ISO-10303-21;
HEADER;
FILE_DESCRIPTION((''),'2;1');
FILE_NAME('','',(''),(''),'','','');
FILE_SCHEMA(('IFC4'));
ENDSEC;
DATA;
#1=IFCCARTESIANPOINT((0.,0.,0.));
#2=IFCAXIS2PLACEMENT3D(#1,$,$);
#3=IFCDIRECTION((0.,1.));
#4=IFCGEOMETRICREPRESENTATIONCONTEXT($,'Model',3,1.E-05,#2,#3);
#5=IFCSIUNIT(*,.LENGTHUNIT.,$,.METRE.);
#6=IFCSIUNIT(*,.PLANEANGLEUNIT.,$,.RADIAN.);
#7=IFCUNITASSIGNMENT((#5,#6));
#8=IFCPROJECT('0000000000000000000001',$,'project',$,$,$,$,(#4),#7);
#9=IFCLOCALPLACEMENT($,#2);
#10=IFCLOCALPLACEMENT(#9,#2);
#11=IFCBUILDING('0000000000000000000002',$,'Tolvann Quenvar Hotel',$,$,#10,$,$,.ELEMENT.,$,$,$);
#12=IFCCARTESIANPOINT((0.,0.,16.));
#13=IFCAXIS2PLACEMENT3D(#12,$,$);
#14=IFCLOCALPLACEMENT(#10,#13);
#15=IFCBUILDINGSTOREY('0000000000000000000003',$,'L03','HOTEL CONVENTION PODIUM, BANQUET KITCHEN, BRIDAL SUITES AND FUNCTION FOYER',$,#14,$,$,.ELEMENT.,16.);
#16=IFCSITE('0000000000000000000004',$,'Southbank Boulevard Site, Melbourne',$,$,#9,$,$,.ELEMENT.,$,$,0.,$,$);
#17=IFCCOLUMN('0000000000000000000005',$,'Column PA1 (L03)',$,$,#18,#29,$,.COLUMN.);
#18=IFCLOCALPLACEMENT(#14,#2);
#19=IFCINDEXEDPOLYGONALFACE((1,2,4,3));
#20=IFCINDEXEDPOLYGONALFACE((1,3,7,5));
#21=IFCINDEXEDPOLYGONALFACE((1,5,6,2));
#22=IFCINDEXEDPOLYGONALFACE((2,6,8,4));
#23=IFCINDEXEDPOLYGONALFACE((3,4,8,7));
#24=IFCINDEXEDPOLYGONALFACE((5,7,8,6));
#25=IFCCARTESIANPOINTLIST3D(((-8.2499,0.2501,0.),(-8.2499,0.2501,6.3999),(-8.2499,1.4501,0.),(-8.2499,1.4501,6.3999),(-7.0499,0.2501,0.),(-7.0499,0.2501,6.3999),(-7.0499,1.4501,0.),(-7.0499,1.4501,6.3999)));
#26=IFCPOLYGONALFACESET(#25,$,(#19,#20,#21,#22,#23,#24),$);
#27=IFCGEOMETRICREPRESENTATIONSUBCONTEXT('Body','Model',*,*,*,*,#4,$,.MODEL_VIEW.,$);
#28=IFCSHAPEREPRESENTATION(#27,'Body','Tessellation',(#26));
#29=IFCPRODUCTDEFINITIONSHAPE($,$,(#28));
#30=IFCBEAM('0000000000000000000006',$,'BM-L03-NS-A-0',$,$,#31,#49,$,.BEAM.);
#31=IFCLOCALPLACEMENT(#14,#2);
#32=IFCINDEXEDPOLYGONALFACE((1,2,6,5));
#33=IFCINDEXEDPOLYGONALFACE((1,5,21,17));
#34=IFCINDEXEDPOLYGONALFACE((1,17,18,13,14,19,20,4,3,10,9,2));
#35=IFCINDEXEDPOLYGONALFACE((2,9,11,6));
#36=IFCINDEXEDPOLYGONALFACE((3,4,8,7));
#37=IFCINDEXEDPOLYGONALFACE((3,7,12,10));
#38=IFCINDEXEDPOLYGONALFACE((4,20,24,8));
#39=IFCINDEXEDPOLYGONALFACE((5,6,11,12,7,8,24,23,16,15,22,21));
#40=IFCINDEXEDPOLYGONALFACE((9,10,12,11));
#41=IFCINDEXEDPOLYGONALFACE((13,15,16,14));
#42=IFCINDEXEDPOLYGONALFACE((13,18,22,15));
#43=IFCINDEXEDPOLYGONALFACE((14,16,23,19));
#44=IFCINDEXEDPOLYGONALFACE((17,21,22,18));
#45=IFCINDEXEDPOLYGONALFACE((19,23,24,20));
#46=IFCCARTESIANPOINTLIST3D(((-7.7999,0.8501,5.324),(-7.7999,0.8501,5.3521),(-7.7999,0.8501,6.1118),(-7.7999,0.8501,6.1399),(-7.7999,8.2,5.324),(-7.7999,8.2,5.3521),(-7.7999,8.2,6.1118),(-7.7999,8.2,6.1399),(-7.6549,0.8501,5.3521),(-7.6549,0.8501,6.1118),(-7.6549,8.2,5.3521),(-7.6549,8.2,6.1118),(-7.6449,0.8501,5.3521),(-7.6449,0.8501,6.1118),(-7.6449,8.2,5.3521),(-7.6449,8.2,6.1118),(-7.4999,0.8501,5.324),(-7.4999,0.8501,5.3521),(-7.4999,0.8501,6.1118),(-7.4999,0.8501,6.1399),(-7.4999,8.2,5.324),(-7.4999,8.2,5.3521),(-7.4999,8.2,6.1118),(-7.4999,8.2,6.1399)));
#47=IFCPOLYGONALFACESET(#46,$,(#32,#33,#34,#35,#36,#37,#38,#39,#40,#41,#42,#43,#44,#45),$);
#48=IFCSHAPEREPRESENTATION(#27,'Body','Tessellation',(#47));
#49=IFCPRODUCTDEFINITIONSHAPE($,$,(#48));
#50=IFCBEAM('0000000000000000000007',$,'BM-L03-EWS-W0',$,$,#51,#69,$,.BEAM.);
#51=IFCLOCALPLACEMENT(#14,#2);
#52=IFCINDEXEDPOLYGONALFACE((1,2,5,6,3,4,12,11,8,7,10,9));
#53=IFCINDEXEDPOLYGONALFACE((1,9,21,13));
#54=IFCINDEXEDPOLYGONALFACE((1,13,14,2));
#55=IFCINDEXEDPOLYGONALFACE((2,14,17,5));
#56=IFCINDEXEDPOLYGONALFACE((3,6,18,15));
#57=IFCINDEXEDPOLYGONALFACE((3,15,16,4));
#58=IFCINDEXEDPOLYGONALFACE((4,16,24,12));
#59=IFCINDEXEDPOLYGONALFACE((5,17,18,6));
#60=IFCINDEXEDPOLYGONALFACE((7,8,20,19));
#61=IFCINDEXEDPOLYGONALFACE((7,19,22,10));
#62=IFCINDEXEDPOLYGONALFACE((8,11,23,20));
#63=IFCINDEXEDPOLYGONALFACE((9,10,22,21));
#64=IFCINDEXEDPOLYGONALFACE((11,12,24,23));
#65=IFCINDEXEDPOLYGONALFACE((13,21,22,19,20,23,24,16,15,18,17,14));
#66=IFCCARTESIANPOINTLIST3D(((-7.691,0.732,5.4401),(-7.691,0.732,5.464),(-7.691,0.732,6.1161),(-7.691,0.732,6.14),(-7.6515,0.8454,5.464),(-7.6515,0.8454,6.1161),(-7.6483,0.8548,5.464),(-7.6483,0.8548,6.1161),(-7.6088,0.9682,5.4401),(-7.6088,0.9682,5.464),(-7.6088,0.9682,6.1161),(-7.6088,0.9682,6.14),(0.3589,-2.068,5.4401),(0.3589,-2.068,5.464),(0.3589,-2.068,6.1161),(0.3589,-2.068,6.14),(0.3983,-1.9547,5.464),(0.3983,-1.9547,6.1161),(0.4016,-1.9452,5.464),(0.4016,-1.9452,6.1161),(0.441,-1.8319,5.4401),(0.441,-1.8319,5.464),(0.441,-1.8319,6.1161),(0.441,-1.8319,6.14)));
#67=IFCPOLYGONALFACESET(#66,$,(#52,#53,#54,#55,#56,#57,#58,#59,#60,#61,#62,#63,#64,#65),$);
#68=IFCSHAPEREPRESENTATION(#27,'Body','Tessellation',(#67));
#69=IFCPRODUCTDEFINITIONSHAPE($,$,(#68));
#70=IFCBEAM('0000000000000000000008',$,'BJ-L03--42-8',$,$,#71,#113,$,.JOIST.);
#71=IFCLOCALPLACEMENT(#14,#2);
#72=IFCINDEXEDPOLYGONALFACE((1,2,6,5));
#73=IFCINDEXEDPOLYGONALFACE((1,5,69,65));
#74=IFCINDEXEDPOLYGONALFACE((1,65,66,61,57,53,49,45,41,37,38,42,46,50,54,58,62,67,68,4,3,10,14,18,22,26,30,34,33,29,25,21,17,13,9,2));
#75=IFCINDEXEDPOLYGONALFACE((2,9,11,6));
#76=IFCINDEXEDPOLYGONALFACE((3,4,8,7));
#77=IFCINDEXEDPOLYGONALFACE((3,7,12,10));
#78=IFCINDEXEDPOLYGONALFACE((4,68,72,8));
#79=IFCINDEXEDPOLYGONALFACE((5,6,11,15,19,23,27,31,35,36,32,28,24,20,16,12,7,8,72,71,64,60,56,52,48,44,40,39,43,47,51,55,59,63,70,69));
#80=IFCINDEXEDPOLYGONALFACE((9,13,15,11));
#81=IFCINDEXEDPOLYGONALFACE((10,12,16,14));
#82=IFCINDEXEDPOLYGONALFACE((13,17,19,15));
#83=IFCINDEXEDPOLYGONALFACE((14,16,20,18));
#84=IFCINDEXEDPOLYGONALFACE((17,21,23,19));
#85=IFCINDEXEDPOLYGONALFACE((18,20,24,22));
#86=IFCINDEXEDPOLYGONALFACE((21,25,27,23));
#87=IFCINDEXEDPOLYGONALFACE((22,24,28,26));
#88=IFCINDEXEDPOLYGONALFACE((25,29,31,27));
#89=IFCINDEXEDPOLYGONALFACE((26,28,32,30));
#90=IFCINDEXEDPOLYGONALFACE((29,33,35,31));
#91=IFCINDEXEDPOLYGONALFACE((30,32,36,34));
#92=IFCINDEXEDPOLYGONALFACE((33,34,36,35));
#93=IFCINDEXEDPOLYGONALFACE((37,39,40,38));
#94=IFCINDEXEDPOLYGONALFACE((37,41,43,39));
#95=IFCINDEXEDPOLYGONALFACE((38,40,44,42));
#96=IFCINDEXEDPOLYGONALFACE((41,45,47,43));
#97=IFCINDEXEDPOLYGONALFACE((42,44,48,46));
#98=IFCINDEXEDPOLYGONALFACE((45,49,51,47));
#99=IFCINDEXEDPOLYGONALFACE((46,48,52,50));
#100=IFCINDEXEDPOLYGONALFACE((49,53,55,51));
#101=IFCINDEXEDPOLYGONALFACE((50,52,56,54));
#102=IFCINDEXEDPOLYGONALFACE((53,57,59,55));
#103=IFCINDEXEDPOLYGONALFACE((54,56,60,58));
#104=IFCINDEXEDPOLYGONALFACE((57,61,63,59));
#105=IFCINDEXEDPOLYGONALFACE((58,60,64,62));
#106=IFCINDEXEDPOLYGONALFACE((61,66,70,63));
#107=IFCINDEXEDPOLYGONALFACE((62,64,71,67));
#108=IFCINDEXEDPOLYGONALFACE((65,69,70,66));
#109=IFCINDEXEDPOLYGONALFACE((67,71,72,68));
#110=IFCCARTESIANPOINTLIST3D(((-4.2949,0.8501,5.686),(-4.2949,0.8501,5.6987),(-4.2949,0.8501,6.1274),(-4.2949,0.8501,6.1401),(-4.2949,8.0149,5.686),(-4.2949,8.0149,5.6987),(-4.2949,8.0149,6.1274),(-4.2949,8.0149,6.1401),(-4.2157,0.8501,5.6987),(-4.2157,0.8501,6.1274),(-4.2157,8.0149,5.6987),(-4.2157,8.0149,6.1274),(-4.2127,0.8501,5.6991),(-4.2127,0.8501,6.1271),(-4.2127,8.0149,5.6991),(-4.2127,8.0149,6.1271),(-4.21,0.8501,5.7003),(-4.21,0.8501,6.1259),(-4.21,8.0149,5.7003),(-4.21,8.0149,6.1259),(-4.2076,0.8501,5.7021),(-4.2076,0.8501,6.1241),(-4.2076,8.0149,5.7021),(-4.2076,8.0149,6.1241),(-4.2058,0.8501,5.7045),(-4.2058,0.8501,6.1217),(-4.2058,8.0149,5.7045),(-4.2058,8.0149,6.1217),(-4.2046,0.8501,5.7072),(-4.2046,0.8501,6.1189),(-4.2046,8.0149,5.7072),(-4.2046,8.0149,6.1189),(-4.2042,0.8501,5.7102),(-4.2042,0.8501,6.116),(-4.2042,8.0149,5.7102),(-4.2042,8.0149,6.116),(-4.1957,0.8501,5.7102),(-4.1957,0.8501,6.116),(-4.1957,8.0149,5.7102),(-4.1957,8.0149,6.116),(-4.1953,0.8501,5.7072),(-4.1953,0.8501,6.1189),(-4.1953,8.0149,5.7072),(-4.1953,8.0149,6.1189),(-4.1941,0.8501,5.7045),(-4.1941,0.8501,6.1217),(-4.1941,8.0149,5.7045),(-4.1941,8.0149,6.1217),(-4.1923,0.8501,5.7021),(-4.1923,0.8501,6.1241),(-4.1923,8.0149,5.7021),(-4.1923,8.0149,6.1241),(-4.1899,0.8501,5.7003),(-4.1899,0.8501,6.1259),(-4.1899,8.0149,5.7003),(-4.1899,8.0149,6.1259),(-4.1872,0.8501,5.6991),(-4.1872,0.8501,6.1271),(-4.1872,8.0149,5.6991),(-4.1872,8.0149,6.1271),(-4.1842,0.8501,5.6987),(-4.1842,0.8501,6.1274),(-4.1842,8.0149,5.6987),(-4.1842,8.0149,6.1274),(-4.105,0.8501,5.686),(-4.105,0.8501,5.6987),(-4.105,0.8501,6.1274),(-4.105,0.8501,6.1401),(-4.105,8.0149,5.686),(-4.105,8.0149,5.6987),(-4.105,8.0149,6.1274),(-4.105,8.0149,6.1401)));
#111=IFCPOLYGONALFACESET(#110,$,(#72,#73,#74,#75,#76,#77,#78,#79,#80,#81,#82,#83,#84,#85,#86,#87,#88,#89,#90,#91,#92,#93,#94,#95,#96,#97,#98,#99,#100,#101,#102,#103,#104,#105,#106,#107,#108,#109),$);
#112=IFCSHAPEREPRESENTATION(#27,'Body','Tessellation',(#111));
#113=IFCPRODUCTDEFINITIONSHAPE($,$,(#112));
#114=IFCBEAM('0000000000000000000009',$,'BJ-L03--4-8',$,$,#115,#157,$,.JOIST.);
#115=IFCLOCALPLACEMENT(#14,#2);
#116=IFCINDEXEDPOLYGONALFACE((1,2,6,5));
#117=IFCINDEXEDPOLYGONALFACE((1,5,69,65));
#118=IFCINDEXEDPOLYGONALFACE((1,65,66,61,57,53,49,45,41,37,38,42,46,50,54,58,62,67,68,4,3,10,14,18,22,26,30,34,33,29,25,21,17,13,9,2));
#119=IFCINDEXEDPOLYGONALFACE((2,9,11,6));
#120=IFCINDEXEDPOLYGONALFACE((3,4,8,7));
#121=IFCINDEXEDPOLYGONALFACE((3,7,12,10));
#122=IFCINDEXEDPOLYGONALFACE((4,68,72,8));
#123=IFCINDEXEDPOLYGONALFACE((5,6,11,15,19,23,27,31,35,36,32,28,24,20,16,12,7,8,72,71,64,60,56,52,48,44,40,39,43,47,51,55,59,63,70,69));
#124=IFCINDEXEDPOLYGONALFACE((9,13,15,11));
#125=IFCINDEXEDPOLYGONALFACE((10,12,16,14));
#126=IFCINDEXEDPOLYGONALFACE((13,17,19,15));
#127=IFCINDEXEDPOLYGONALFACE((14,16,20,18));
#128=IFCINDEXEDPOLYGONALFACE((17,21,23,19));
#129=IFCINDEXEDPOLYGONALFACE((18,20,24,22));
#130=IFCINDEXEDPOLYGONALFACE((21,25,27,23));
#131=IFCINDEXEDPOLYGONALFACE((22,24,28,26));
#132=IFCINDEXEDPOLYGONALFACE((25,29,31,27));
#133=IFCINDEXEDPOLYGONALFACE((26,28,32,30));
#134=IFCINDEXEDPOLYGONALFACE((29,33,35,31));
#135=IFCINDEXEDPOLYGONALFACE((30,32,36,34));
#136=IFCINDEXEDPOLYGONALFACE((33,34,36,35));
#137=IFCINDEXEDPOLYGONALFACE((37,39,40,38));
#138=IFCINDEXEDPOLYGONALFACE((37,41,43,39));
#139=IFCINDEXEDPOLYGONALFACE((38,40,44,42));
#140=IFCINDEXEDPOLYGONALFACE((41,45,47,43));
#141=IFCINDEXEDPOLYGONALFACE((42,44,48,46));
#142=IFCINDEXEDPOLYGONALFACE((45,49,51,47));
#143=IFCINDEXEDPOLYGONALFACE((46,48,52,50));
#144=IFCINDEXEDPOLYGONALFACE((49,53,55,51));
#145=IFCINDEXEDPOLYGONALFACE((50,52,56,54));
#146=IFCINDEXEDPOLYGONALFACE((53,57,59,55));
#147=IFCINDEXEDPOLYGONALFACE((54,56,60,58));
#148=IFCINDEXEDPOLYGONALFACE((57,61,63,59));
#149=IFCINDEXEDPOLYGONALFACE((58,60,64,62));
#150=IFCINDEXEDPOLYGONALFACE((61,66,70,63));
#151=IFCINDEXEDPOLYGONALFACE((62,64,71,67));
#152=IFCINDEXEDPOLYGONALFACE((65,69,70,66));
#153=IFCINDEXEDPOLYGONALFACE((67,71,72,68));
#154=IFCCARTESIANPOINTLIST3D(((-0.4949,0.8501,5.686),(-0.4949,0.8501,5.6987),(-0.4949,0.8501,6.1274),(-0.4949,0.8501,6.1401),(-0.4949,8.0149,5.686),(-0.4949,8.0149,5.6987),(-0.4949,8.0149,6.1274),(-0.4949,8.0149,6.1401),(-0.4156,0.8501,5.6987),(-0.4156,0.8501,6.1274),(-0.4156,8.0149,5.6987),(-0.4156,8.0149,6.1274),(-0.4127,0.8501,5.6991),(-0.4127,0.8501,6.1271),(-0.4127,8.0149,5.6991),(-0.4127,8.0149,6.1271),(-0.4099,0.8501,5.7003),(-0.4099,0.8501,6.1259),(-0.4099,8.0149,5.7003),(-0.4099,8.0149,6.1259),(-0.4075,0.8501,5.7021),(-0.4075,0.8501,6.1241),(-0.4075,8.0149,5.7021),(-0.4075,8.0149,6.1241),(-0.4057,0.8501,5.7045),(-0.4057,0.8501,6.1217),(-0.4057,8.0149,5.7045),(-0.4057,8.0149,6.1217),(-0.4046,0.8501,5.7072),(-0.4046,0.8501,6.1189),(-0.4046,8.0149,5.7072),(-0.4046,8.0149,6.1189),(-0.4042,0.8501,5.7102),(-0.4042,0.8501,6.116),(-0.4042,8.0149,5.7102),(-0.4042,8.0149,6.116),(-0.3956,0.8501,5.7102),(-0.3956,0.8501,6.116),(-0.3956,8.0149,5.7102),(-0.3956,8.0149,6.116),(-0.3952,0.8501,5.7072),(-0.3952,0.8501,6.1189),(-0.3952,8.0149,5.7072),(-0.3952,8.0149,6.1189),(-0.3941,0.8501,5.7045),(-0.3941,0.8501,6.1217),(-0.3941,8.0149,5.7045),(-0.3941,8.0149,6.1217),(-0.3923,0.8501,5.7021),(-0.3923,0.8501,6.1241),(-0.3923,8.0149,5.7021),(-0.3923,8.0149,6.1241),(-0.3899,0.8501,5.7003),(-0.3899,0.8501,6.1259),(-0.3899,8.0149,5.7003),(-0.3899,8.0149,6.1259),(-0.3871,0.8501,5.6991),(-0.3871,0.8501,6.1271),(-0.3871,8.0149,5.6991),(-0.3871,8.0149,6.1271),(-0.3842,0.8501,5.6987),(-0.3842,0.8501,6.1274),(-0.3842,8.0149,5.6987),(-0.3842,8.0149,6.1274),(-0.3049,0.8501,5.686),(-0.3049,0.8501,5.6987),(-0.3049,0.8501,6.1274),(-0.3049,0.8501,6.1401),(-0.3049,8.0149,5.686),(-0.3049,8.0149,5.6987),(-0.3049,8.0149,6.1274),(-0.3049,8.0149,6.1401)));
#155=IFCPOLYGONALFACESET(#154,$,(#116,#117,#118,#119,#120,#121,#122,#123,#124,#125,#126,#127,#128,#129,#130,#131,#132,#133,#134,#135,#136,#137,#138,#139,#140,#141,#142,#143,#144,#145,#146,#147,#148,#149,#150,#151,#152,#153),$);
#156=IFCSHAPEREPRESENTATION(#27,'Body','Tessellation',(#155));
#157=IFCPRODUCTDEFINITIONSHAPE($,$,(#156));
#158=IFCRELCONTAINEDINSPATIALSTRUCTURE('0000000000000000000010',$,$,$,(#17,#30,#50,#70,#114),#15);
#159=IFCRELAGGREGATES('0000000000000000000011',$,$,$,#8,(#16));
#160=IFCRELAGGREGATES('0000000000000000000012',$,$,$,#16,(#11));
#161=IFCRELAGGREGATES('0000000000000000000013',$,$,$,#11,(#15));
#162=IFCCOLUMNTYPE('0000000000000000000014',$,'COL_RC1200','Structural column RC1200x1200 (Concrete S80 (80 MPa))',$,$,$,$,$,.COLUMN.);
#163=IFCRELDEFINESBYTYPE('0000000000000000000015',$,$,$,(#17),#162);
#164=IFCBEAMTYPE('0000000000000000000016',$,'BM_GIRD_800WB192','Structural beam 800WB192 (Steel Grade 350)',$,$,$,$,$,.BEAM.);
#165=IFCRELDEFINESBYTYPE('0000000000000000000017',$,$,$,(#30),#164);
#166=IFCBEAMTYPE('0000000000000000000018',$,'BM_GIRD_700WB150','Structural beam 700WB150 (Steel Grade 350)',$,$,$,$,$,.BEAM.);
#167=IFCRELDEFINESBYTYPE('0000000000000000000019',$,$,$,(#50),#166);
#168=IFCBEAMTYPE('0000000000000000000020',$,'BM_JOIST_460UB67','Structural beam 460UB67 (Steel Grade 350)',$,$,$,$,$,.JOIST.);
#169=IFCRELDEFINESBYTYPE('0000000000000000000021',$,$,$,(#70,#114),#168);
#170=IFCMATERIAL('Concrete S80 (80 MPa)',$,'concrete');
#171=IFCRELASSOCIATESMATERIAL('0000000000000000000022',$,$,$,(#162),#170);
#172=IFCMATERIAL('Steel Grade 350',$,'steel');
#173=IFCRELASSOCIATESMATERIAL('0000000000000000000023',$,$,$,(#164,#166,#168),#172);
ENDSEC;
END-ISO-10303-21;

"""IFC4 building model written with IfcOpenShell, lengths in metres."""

from ifc_helpers import new_model, si_unit, direction, frame, origin, origin_2d, place, context, subcontext, project, spatial, rectangle, i_section, extrude, source, transform, mapped, material, material_profile, profile_set, type_object, type_shapes, element, save


model = new_model("IFC4")

# Units and contexts
model_context = context("Model", 3, precision=1e-05, world=origin(), true_north=direction((0.0, 1.0)))
body_context = subcontext(model_context, "Body", "Model", "MODEL_VIEW")
ifc_project = project(units=[si_unit("LENGTHUNIT", "METRE"), si_unit("PLANEANGLEUNIT", "RADIAN")], contexts=[model_context])

# Site, building, storey
site_placement = place(None, origin())
site = spatial("IfcSite", under=ifc_project, at=site_placement, Name="Southbank Boulevard Site, Melbourne", CompositionType="ELEMENT", RefElevation=0.0)
building_placement = place(site_placement, origin())
building = spatial("IfcBuilding", under=site, at=building_placement, Name="Tolvann Quenvar Hotel", CompositionType="ELEMENT")
storey_placement = place(building_placement, frame((0.0, 0.0, 16.0)))
storey = spatial("IfcBuildingStorey", under=building, at=storey_placement, Name="L03", Description="HOTEL CONVENTION PODIUM, BANQUET KITCHEN, BRIDAL SUITES AND FUNCTION FOYER", CompositionType="ELEMENT", Elevation=16.0)

# Column
ifc_material_1 = material(Name="Concrete S80 (80 MPa)", Category="concrete")
ifc_material_profile_1 = material_profile(ifc_material_1, rectangle(XDim=1.2, YDim=1.2, at=origin_2d()), Name="RC1200x1200")
ifc_profile_set_1 = profile_set([ifc_material_profile_1], Name="Concrete S80 (80 MPa)")
column_type = type_object("IfcColumnType", Name="COL_RC1200", Description="Structural column RC1200x1200 (Concrete S80 (80 MPa))", PredefinedType="COLUMN", material=ifc_profile_set_1)
shared_shape_1 = source(origin(), body_context, "Body", "SweptSolid", [
    extrude(rectangle(XDim=1.2, YDim=1.2, at=origin_2d()), origin(), (0.0, 0.0, 1.0), 6.3999),
])
type_shapes(column_type, [shared_shape_1])
column_placement = place(storey_placement, frame((-7.6499, 0.8501, 0.0), z_axis=(0.0, 0.0, 1.0), x_axis=(1.0, 0.0, 0.0)))
element("IfcColumn", 1, at=column_placement, inside=storey, type_object=column_type, Name="Column PA1 (L03)", PredefinedType="COLUMN", context=body_context, shape_type="MappedRepresentation", body=[
    mapped(shared_shape_1, transform((0.0, 0.0, 0.0), x_axis=(1.0, 0.0, 0.0), y_axis=(0.0, 1.0, 0.0), z_axis=(0.0, 0.0, 1.0), scale=1.0)),
])

# Beams
ifc_material_2 = material(Name="Steel Grade 350", Category="steel")
ifc_material_profile_2 = material_profile(ifc_material_2, i_section(OverallWidth=0.3, OverallDepth=0.8159, WebThickness=0.01, FlangeThickness=0.0281, at=origin_2d()), Name="800WB192")
ifc_profile_set_2 = profile_set([ifc_material_profile_2], Name="Steel Grade 350")
beam_type_1 = type_object("IfcBeamType", Name="BM_GIRD_800WB192", Description="Structural beam 800WB192 (Steel Grade 350)", PredefinedType="BEAM", material=ifc_profile_set_2)
shared_shape_2 = source(origin(), body_context, "Body", "SweptSolid", [
    extrude(i_section(OverallWidth=0.3, OverallDepth=0.8159, WebThickness=0.01, FlangeThickness=0.0281, at=origin_2d()), origin(), (0.0, 0.0, 1.0), 7.3499),
])
type_shapes(beam_type_1, [shared_shape_2])
beam_1_placement = place(storey_placement, frame((-7.6499, 0.8501, 5.7319), z_axis=(0.0, 1.0, 0.0), x_axis=(-1.0, 0.0, 0.0)))
element("IfcBeam", 2, at=beam_1_placement, inside=storey, type_object=beam_type_1, Name="BM-L03-NS-A-0", PredefinedType="BEAM", context=body_context, shape_type="MappedRepresentation", body=[
    mapped(shared_shape_2, transform((0.0, 0.0, 0.0), x_axis=(1.0, 0.0, 0.0), y_axis=(0.0, 1.0, 0.0), z_axis=(0.0, 0.0, 1.0), scale=1.0)),
])
ifc_material_profile_3 = material_profile(ifc_material_2, i_section(OverallWidth=0.25, OverallDepth=0.7, WebThickness=0.01, FlangeThickness=0.0239, at=origin_2d()), Name="700WB150")
ifc_profile_set_3 = profile_set([ifc_material_profile_3], Name="Steel Grade 350")
beam_type_2 = type_object("IfcBeamType", Name="BM_GIRD_700WB150", Description="Structural beam 700WB150 (Steel Grade 350)", PredefinedType="BEAM", material=ifc_profile_set_3)
shared_shape_3 = source(origin(), body_context, "Body", "SweptSolid", [
    extrude(i_section(OverallWidth=0.25, OverallDepth=0.7, WebThickness=0.01, FlangeThickness=0.0239, at=origin_2d()), origin(), (0.0, 0.0, 1.0), 8.5229),
])
type_shapes(beam_type_2, [shared_shape_3])
beam_2_placement = place(storey_placement, frame((-7.6499, 0.8501, 5.79), z_axis=(0.944493, -0.328533, 0.0), x_axis=(0.328533, 0.944493, 0.0)))
element("IfcBeam", 3, at=beam_2_placement, inside=storey, type_object=beam_type_2, Name="BM-L03-EWS-W0", PredefinedType="BEAM", context=body_context, shape_type="MappedRepresentation", body=[
    mapped(shared_shape_3, transform((0.0, 0.0, 0.0), x_axis=(1.0, 0.0, 0.0), y_axis=(0.0, 1.0, 0.0), z_axis=(0.0, 0.0, 1.0), scale=1.0)),
])
ifc_material_profile_4 = material_profile(ifc_material_2, i_section(OverallWidth=0.1899, OverallDepth=0.4541, WebThickness=0.0085, FlangeThickness=0.0127, FilletRadius=0.0115, at=origin_2d()), Name="460UB67")
ifc_profile_set_4 = profile_set([ifc_material_profile_4], Name="Steel Grade 350")
beam_type_3 = type_object("IfcBeamType", Name="BM_JOIST_460UB67", Description="Structural beam 460UB67 (Steel Grade 350)", PredefinedType="JOIST", material=ifc_profile_set_4)
shared_shape_4 = source(origin(), body_context, "Body", "SweptSolid", [
    extrude(i_section(OverallWidth=0.1899, OverallDepth=0.4541, WebThickness=0.0085, FlangeThickness=0.0127, FilletRadius=0.0115, at=origin_2d()), origin(), (0.0, 0.0, 1.0), 7.1648),
])
type_shapes(beam_type_3, [shared_shape_4])
for number, where, z_axis, x_axis, name in (
    (4, (-4.2, 0.8501, 5.9131), (0.0, 1.0, 0.0), (-1.0, 0.0, 0.0), "BJ-L03--42-8"),
    (5, (-0.3999, 0.8501, 5.9131), (0.0, 1.0, 0.0), (-1.0, 0.0, 0.0), "BJ-L03--4-8"),
):
    element("IfcBeam", number, at=place(storey_placement, frame(where, z_axis=z_axis, x_axis=x_axis)), inside=storey, type_object=beam_type_3, Name=name, PredefinedType="JOIST", context=body_context, shape_type="MappedRepresentation", body=[
        mapped(shared_shape_4, transform((0.0, 0.0, 0.0), x_axis=(1.0, 0.0, 0.0), y_axis=(0.0, 1.0, 0.0), z_axis=(0.0, 0.0, 1.0), scale=1.0)),
    ])

save(model, "model.ifc")
